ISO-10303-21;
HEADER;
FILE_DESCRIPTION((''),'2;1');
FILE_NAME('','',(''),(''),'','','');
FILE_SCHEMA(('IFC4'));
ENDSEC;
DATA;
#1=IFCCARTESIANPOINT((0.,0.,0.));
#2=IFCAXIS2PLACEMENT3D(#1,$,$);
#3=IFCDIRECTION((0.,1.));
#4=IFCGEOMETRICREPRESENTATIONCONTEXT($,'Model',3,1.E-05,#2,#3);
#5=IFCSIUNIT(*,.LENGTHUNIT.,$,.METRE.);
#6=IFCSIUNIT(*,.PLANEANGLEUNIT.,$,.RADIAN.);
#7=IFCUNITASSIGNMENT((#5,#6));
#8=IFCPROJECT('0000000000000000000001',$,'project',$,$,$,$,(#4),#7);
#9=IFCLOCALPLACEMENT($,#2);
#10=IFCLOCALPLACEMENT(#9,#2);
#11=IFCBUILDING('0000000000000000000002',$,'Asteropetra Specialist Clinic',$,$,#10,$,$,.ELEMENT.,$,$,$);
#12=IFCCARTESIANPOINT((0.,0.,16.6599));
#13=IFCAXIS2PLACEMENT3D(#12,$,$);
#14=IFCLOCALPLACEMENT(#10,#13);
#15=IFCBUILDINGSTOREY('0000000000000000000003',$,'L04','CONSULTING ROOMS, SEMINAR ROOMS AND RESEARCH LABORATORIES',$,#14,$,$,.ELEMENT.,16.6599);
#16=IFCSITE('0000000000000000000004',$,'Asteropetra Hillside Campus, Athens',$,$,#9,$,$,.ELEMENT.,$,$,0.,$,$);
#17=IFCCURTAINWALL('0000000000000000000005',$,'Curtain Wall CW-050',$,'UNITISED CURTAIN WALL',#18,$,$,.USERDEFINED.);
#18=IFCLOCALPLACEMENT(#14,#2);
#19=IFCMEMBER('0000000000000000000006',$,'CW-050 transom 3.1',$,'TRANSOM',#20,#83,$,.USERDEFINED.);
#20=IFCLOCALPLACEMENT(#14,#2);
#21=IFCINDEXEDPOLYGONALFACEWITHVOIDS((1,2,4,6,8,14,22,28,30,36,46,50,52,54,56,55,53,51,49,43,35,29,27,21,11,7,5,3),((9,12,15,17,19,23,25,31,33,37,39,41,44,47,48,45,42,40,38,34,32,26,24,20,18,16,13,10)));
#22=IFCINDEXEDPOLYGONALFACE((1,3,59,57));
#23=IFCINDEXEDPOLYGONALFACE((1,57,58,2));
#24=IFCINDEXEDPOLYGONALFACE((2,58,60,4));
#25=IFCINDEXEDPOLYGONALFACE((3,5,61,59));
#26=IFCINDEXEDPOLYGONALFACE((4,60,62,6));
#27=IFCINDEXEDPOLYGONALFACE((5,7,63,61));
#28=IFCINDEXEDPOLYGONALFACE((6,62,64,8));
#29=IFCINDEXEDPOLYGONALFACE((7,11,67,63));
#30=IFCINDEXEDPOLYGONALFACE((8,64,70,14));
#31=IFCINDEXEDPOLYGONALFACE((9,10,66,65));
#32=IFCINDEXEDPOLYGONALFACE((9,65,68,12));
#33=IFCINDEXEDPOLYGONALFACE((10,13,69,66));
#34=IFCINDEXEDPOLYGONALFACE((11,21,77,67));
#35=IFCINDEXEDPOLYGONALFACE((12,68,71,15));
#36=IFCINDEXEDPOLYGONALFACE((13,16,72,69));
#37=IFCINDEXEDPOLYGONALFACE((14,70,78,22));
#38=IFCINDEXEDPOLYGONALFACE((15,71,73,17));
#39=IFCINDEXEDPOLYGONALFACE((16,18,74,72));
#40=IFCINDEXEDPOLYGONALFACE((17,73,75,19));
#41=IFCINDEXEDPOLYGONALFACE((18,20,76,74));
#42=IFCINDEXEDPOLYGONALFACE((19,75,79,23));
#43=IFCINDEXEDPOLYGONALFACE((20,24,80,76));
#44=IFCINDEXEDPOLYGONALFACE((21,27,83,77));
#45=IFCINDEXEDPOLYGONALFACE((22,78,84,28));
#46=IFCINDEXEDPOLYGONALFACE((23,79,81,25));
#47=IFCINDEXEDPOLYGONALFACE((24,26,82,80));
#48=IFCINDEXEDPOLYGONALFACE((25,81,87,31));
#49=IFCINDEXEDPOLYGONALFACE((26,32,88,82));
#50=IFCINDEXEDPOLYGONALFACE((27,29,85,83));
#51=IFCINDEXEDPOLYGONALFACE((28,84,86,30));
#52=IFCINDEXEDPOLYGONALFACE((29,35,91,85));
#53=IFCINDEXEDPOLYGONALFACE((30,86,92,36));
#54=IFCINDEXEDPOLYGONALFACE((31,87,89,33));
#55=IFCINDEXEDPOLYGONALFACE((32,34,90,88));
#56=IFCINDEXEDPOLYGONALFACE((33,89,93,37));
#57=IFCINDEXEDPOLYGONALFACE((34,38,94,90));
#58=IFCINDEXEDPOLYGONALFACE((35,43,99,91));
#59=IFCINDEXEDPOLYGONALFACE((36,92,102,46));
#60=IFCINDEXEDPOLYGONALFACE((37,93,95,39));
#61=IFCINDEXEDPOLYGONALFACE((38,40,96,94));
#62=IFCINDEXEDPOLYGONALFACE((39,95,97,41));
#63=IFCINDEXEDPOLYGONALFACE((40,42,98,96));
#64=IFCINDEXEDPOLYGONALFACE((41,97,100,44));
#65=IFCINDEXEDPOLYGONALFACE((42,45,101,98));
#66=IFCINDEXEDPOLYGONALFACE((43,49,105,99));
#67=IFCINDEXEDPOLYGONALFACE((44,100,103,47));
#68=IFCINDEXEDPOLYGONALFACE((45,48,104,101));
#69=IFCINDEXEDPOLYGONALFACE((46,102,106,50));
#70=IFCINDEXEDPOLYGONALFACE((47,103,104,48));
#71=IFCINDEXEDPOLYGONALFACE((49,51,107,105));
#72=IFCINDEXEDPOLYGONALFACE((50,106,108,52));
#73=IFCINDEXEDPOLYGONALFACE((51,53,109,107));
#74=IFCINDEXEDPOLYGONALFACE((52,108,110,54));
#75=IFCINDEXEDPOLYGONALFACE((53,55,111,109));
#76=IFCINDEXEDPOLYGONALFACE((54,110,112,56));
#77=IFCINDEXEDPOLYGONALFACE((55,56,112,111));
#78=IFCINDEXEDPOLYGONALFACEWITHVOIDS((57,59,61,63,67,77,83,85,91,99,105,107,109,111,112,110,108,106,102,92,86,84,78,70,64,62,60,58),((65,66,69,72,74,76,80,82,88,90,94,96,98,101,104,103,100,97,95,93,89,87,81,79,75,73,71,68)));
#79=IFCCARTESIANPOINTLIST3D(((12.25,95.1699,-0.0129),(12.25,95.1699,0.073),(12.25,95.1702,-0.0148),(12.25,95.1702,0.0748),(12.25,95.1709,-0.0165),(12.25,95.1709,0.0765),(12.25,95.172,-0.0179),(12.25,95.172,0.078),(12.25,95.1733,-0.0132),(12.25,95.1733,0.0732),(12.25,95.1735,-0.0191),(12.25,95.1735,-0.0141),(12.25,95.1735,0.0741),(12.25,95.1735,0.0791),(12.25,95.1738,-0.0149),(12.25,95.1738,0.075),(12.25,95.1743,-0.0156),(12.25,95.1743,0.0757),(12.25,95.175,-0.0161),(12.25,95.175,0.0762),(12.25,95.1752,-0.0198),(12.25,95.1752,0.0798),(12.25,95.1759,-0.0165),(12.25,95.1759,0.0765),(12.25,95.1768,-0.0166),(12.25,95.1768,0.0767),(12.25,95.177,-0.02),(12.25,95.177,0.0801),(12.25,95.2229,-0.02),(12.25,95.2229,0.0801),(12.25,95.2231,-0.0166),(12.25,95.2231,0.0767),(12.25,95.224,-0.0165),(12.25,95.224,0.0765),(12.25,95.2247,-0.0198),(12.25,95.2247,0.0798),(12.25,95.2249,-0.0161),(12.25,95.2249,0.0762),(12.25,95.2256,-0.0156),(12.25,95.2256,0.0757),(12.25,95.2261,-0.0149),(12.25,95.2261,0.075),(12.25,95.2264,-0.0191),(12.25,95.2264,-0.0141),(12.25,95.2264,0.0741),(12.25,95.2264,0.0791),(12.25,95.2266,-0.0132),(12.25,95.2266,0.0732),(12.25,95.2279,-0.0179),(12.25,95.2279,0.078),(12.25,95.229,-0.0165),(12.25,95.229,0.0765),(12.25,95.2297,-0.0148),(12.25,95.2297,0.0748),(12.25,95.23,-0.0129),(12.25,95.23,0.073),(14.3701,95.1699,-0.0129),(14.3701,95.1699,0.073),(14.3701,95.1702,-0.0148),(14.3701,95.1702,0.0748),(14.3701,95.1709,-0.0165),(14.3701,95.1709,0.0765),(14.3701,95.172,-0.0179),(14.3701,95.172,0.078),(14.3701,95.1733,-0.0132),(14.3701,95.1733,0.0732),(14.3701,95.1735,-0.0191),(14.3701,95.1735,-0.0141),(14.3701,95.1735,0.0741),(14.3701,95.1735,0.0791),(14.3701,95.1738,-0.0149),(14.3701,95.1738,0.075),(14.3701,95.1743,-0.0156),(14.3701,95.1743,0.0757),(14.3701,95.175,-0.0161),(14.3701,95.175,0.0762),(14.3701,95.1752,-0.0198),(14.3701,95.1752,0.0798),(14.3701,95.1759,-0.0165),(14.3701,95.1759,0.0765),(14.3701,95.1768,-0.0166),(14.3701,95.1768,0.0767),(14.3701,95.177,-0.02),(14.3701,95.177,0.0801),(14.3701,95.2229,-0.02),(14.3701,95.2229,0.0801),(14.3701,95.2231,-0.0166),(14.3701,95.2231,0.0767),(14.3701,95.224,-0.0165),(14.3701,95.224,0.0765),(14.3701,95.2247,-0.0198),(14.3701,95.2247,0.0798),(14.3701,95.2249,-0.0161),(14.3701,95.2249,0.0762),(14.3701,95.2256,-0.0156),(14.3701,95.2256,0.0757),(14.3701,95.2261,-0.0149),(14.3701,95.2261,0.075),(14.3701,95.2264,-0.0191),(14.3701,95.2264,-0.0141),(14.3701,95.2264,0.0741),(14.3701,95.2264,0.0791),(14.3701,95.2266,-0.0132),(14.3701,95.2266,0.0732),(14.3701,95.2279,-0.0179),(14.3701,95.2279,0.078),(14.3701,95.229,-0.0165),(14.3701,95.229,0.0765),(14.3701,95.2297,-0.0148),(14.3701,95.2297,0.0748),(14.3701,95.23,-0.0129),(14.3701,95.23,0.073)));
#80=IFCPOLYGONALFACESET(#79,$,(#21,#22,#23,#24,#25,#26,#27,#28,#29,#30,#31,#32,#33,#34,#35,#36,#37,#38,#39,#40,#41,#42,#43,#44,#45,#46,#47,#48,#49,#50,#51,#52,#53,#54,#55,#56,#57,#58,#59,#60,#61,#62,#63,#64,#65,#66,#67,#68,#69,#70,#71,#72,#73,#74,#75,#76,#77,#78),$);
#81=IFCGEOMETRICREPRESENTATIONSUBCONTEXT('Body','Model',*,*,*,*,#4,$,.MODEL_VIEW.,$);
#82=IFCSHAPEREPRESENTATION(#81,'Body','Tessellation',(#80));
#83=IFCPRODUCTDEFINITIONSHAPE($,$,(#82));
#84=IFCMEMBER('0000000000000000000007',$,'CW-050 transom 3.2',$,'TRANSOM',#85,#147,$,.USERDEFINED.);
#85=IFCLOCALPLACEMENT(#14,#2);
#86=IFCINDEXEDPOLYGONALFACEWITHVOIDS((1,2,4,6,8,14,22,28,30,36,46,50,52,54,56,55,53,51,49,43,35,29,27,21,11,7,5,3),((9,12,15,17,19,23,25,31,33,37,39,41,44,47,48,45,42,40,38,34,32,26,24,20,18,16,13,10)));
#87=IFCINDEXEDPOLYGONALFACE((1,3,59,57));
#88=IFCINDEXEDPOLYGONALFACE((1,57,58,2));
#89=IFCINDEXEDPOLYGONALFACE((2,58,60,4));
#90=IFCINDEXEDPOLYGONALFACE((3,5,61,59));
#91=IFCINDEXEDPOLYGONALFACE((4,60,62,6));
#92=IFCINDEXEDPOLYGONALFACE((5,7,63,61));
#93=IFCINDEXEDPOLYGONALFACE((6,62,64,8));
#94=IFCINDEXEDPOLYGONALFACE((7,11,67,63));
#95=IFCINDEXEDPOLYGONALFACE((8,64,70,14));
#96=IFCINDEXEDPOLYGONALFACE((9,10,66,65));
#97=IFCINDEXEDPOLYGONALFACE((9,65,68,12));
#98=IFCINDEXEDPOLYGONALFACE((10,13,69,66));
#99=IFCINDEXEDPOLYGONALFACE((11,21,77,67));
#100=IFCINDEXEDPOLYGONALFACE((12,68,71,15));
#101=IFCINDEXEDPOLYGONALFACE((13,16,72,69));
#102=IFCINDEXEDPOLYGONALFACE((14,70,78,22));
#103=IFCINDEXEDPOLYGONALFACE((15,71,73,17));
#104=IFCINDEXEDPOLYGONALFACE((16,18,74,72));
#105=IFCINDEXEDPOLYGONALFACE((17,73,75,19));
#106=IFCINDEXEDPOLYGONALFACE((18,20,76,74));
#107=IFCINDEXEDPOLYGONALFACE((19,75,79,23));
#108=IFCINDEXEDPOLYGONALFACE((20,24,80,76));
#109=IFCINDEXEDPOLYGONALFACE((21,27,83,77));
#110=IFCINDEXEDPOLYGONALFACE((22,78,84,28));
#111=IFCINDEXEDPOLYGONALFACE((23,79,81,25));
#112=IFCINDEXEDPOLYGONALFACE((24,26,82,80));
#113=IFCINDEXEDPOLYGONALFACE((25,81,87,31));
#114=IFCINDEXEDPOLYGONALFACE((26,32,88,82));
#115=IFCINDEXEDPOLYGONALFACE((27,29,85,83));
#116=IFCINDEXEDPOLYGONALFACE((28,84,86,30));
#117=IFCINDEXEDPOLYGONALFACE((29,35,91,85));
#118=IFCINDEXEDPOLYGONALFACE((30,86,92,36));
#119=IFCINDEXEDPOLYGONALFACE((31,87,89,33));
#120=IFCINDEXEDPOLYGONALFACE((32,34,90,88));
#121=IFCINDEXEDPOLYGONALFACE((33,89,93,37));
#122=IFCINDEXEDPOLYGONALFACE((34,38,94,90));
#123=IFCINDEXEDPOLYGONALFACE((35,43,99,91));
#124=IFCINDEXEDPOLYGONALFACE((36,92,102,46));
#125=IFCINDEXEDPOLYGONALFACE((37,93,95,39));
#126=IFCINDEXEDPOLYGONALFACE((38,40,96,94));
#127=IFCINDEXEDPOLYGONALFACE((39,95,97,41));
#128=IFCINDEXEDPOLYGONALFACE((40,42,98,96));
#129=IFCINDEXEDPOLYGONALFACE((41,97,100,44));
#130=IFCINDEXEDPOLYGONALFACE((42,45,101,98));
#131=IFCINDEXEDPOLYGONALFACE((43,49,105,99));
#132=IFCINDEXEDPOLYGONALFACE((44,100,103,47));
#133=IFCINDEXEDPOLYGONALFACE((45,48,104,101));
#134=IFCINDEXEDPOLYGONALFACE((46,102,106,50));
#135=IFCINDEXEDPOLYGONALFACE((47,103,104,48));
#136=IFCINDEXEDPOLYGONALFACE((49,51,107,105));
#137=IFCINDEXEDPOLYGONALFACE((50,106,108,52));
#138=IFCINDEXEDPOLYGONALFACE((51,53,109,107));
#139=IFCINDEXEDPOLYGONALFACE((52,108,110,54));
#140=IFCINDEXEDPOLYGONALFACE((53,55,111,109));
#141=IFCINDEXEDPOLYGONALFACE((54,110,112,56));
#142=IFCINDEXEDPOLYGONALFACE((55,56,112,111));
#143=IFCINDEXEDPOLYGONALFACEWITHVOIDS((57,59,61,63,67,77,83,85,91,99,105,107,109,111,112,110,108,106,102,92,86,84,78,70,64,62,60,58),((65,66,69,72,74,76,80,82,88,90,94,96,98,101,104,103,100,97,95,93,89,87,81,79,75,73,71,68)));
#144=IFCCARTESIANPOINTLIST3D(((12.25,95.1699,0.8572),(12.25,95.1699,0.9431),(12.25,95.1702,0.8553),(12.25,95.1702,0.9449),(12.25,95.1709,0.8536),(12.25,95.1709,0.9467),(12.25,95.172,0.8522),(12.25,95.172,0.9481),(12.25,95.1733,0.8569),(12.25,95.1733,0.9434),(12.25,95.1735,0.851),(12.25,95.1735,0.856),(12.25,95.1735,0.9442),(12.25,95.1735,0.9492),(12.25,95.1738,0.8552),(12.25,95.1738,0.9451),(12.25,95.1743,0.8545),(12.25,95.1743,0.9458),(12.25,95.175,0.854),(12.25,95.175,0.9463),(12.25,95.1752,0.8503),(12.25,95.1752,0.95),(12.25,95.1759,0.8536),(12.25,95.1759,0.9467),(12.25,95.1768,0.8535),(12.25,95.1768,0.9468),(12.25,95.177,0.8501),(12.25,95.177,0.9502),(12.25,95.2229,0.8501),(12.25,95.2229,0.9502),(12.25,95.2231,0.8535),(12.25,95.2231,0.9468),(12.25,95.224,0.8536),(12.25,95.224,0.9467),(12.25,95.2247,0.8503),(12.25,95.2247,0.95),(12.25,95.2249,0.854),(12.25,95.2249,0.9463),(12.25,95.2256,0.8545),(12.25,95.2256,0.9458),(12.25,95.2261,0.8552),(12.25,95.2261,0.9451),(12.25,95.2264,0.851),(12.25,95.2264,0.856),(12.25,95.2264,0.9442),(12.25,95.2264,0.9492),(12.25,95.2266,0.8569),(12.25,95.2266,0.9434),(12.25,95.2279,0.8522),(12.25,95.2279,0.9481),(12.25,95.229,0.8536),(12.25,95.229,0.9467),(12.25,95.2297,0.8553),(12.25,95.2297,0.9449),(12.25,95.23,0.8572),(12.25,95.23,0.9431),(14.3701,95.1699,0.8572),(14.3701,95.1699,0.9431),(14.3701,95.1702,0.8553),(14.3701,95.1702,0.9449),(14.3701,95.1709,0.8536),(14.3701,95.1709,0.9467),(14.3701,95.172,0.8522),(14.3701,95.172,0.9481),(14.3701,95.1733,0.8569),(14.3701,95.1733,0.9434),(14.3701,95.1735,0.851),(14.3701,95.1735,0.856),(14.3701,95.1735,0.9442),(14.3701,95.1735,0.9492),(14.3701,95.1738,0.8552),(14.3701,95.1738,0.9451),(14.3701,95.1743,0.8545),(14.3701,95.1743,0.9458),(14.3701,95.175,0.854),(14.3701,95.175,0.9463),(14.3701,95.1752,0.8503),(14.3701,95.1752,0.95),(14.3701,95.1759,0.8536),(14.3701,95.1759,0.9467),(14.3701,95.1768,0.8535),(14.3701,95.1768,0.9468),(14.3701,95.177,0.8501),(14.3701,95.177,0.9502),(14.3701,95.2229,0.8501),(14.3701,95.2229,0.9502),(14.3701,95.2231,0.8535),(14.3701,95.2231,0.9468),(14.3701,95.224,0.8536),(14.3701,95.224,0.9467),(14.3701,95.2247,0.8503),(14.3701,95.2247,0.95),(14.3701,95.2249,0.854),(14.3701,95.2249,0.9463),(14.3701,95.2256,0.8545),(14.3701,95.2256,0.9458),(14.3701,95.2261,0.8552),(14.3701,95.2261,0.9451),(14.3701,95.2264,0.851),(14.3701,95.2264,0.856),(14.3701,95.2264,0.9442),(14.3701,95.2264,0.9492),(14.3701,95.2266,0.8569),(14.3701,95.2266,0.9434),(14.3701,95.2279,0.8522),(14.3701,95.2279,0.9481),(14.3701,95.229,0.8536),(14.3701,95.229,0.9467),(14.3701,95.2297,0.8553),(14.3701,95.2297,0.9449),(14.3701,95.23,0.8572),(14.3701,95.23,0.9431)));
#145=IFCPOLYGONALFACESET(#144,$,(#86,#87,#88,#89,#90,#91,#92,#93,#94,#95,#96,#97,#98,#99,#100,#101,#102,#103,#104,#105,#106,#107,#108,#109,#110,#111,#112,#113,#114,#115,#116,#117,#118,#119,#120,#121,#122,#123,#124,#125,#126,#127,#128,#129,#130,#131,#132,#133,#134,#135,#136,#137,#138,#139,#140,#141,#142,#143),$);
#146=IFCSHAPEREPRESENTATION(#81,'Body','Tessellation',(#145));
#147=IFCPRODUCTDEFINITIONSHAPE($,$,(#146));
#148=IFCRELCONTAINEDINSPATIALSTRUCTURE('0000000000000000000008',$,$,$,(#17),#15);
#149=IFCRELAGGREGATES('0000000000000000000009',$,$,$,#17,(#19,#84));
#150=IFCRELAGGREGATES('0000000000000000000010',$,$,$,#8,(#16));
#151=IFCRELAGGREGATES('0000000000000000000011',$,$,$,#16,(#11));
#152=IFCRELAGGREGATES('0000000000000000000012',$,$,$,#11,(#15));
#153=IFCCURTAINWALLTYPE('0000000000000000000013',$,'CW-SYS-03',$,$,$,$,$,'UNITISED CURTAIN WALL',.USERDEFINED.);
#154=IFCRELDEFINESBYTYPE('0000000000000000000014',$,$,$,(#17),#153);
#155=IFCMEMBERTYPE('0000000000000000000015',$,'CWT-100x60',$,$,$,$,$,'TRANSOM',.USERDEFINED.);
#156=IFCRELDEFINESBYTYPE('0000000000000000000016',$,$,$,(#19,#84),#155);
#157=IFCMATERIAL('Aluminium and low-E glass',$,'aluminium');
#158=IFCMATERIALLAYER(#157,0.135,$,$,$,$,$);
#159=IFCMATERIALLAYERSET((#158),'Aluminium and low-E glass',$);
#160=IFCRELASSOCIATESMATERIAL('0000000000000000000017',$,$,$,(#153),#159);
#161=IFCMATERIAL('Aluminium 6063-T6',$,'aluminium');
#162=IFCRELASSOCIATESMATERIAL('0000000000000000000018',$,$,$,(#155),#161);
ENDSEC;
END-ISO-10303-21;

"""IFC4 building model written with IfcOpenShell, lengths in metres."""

from ifc_helpers import new_model, si_unit, direction, frame, origin, origin_2d, place, context, subcontext, project, spatial, hollow_rectangle, extrude, material, layer, layer_set, material_profile, profile_set, type_object, element, aggregate, save


model = new_model("IFC4")

# Units and contexts
model_context = context("Model", 3, precision=1e-05, world=origin(), true_north=direction((0.0, 1.0)))
body_context = subcontext(model_context, "Body", "Model", "MODEL_VIEW")
ifc_project = project(units=[si_unit("LENGTHUNIT", "METRE"), si_unit("PLANEANGLEUNIT", "RADIAN")], contexts=[model_context])

# Site, building, storey
site_placement = place(None, origin())
site = spatial("IfcSite", under=ifc_project, at=site_placement, Name="Asteropetra Hillside Campus, Athens", CompositionType="ELEMENT", RefElevation=0.0)
building_placement = place(site_placement, origin())
building = spatial("IfcBuilding", under=site, at=building_placement, Name="Asteropetra Specialist Clinic", CompositionType="ELEMENT")
storey_placement = place(building_placement, frame((0.0, 0.0, 16.6599)))
storey = spatial("IfcBuildingStorey", under=building, at=storey_placement, Name="L04", Description="CONSULTING ROOMS, SEMINAR ROOMS AND RESEARCH LABORATORIES", CompositionType="ELEMENT", Elevation=16.6599)

# Curtain wall
ifc_material_1 = material(Name="Aluminium and low-E glass", Category="aluminium")
ifc_layer_1 = layer(ifc_material_1, 0.135)
ifc_layer_set_1 = layer_set([ifc_layer_1], Name="Aluminium and low-E glass")
curtain_wall_type_1 = type_object("IfcCurtainWallType", Name="CW-SYS-03", ElementType="UNITISED CURTAIN WALL", PredefinedType="USERDEFINED", material=ifc_layer_set_1)
curtain_wall_1_placement = place(storey_placement, origin())
curtain_wall_1 = element("IfcCurtainWall", 1, at=curtain_wall_1_placement, inside=storey, type_object=curtain_wall_type_1, Name="Curtain Wall CW-050", ObjectType="UNITISED CURTAIN WALL", PredefinedType="USERDEFINED")

# Members
ifc_material_2 = material(Name="Aluminium 6063-T6", Category="aluminium")
ifc_material_profile_1 = material_profile(ifc_material_2, hollow_rectangle(XDim=0.0601, YDim=0.1001, WallThickness=0.0034, InnerFilletRadius=0.0034, OuterFilletRadius=0.0071, at=origin_2d()), Name="TRN 100x60x3.5")
ifc_profile_set_1 = profile_set([ifc_material_profile_1], Name="Aluminium 6063-T6")
member_type_1 = type_object("IfcMemberType", Name="CWT-100x60", ElementType="TRANSOM", PredefinedType="USERDEFINED", material=ifc_profile_set_1)
member_1_placement = place(storey_placement, frame((14.3701, 95.2, 0.03), z_axis=(-1.0, 0.0, 0.0), x_axis=(0.0, -1.0, 0.0)))
member_1 = element("IfcMember", 2, at=member_1_placement, type_object=member_type_1, Name="CW-050 transom 3.1", ObjectType="TRANSOM", PredefinedType="USERDEFINED", context=body_context, shape_type="SweptSolid", body=[
    extrude(hollow_rectangle(XDim=0.0601, YDim=0.1001, WallThickness=0.0034, InnerFilletRadius=0.0034, OuterFilletRadius=0.0071, at=origin_2d()), origin(), (0.0, 0.0, 1.0), 2.1201),
])
member_2_placement = place(storey_placement, frame((14.3701, 95.2, 0.9001), z_axis=(-1.0, 0.0, 0.0), x_axis=(0.0, -1.0, 0.0)))
member_2 = element("IfcMember", 3, at=member_2_placement, type_object=member_type_1, Name="CW-050 transom 3.2", ObjectType="TRANSOM", PredefinedType="USERDEFINED", context=body_context, shape_type="SweptSolid", body=[
    extrude(hollow_rectangle(XDim=0.0601, YDim=0.1001, WallThickness=0.0034, InnerFilletRadius=0.0034, OuterFilletRadius=0.0071, at=origin_2d()), origin(), (0.0, 0.0, 1.0), 2.1201),
])

aggregate(curtain_wall_1, [member_1, member_2])

save(model, "model.ifc")
